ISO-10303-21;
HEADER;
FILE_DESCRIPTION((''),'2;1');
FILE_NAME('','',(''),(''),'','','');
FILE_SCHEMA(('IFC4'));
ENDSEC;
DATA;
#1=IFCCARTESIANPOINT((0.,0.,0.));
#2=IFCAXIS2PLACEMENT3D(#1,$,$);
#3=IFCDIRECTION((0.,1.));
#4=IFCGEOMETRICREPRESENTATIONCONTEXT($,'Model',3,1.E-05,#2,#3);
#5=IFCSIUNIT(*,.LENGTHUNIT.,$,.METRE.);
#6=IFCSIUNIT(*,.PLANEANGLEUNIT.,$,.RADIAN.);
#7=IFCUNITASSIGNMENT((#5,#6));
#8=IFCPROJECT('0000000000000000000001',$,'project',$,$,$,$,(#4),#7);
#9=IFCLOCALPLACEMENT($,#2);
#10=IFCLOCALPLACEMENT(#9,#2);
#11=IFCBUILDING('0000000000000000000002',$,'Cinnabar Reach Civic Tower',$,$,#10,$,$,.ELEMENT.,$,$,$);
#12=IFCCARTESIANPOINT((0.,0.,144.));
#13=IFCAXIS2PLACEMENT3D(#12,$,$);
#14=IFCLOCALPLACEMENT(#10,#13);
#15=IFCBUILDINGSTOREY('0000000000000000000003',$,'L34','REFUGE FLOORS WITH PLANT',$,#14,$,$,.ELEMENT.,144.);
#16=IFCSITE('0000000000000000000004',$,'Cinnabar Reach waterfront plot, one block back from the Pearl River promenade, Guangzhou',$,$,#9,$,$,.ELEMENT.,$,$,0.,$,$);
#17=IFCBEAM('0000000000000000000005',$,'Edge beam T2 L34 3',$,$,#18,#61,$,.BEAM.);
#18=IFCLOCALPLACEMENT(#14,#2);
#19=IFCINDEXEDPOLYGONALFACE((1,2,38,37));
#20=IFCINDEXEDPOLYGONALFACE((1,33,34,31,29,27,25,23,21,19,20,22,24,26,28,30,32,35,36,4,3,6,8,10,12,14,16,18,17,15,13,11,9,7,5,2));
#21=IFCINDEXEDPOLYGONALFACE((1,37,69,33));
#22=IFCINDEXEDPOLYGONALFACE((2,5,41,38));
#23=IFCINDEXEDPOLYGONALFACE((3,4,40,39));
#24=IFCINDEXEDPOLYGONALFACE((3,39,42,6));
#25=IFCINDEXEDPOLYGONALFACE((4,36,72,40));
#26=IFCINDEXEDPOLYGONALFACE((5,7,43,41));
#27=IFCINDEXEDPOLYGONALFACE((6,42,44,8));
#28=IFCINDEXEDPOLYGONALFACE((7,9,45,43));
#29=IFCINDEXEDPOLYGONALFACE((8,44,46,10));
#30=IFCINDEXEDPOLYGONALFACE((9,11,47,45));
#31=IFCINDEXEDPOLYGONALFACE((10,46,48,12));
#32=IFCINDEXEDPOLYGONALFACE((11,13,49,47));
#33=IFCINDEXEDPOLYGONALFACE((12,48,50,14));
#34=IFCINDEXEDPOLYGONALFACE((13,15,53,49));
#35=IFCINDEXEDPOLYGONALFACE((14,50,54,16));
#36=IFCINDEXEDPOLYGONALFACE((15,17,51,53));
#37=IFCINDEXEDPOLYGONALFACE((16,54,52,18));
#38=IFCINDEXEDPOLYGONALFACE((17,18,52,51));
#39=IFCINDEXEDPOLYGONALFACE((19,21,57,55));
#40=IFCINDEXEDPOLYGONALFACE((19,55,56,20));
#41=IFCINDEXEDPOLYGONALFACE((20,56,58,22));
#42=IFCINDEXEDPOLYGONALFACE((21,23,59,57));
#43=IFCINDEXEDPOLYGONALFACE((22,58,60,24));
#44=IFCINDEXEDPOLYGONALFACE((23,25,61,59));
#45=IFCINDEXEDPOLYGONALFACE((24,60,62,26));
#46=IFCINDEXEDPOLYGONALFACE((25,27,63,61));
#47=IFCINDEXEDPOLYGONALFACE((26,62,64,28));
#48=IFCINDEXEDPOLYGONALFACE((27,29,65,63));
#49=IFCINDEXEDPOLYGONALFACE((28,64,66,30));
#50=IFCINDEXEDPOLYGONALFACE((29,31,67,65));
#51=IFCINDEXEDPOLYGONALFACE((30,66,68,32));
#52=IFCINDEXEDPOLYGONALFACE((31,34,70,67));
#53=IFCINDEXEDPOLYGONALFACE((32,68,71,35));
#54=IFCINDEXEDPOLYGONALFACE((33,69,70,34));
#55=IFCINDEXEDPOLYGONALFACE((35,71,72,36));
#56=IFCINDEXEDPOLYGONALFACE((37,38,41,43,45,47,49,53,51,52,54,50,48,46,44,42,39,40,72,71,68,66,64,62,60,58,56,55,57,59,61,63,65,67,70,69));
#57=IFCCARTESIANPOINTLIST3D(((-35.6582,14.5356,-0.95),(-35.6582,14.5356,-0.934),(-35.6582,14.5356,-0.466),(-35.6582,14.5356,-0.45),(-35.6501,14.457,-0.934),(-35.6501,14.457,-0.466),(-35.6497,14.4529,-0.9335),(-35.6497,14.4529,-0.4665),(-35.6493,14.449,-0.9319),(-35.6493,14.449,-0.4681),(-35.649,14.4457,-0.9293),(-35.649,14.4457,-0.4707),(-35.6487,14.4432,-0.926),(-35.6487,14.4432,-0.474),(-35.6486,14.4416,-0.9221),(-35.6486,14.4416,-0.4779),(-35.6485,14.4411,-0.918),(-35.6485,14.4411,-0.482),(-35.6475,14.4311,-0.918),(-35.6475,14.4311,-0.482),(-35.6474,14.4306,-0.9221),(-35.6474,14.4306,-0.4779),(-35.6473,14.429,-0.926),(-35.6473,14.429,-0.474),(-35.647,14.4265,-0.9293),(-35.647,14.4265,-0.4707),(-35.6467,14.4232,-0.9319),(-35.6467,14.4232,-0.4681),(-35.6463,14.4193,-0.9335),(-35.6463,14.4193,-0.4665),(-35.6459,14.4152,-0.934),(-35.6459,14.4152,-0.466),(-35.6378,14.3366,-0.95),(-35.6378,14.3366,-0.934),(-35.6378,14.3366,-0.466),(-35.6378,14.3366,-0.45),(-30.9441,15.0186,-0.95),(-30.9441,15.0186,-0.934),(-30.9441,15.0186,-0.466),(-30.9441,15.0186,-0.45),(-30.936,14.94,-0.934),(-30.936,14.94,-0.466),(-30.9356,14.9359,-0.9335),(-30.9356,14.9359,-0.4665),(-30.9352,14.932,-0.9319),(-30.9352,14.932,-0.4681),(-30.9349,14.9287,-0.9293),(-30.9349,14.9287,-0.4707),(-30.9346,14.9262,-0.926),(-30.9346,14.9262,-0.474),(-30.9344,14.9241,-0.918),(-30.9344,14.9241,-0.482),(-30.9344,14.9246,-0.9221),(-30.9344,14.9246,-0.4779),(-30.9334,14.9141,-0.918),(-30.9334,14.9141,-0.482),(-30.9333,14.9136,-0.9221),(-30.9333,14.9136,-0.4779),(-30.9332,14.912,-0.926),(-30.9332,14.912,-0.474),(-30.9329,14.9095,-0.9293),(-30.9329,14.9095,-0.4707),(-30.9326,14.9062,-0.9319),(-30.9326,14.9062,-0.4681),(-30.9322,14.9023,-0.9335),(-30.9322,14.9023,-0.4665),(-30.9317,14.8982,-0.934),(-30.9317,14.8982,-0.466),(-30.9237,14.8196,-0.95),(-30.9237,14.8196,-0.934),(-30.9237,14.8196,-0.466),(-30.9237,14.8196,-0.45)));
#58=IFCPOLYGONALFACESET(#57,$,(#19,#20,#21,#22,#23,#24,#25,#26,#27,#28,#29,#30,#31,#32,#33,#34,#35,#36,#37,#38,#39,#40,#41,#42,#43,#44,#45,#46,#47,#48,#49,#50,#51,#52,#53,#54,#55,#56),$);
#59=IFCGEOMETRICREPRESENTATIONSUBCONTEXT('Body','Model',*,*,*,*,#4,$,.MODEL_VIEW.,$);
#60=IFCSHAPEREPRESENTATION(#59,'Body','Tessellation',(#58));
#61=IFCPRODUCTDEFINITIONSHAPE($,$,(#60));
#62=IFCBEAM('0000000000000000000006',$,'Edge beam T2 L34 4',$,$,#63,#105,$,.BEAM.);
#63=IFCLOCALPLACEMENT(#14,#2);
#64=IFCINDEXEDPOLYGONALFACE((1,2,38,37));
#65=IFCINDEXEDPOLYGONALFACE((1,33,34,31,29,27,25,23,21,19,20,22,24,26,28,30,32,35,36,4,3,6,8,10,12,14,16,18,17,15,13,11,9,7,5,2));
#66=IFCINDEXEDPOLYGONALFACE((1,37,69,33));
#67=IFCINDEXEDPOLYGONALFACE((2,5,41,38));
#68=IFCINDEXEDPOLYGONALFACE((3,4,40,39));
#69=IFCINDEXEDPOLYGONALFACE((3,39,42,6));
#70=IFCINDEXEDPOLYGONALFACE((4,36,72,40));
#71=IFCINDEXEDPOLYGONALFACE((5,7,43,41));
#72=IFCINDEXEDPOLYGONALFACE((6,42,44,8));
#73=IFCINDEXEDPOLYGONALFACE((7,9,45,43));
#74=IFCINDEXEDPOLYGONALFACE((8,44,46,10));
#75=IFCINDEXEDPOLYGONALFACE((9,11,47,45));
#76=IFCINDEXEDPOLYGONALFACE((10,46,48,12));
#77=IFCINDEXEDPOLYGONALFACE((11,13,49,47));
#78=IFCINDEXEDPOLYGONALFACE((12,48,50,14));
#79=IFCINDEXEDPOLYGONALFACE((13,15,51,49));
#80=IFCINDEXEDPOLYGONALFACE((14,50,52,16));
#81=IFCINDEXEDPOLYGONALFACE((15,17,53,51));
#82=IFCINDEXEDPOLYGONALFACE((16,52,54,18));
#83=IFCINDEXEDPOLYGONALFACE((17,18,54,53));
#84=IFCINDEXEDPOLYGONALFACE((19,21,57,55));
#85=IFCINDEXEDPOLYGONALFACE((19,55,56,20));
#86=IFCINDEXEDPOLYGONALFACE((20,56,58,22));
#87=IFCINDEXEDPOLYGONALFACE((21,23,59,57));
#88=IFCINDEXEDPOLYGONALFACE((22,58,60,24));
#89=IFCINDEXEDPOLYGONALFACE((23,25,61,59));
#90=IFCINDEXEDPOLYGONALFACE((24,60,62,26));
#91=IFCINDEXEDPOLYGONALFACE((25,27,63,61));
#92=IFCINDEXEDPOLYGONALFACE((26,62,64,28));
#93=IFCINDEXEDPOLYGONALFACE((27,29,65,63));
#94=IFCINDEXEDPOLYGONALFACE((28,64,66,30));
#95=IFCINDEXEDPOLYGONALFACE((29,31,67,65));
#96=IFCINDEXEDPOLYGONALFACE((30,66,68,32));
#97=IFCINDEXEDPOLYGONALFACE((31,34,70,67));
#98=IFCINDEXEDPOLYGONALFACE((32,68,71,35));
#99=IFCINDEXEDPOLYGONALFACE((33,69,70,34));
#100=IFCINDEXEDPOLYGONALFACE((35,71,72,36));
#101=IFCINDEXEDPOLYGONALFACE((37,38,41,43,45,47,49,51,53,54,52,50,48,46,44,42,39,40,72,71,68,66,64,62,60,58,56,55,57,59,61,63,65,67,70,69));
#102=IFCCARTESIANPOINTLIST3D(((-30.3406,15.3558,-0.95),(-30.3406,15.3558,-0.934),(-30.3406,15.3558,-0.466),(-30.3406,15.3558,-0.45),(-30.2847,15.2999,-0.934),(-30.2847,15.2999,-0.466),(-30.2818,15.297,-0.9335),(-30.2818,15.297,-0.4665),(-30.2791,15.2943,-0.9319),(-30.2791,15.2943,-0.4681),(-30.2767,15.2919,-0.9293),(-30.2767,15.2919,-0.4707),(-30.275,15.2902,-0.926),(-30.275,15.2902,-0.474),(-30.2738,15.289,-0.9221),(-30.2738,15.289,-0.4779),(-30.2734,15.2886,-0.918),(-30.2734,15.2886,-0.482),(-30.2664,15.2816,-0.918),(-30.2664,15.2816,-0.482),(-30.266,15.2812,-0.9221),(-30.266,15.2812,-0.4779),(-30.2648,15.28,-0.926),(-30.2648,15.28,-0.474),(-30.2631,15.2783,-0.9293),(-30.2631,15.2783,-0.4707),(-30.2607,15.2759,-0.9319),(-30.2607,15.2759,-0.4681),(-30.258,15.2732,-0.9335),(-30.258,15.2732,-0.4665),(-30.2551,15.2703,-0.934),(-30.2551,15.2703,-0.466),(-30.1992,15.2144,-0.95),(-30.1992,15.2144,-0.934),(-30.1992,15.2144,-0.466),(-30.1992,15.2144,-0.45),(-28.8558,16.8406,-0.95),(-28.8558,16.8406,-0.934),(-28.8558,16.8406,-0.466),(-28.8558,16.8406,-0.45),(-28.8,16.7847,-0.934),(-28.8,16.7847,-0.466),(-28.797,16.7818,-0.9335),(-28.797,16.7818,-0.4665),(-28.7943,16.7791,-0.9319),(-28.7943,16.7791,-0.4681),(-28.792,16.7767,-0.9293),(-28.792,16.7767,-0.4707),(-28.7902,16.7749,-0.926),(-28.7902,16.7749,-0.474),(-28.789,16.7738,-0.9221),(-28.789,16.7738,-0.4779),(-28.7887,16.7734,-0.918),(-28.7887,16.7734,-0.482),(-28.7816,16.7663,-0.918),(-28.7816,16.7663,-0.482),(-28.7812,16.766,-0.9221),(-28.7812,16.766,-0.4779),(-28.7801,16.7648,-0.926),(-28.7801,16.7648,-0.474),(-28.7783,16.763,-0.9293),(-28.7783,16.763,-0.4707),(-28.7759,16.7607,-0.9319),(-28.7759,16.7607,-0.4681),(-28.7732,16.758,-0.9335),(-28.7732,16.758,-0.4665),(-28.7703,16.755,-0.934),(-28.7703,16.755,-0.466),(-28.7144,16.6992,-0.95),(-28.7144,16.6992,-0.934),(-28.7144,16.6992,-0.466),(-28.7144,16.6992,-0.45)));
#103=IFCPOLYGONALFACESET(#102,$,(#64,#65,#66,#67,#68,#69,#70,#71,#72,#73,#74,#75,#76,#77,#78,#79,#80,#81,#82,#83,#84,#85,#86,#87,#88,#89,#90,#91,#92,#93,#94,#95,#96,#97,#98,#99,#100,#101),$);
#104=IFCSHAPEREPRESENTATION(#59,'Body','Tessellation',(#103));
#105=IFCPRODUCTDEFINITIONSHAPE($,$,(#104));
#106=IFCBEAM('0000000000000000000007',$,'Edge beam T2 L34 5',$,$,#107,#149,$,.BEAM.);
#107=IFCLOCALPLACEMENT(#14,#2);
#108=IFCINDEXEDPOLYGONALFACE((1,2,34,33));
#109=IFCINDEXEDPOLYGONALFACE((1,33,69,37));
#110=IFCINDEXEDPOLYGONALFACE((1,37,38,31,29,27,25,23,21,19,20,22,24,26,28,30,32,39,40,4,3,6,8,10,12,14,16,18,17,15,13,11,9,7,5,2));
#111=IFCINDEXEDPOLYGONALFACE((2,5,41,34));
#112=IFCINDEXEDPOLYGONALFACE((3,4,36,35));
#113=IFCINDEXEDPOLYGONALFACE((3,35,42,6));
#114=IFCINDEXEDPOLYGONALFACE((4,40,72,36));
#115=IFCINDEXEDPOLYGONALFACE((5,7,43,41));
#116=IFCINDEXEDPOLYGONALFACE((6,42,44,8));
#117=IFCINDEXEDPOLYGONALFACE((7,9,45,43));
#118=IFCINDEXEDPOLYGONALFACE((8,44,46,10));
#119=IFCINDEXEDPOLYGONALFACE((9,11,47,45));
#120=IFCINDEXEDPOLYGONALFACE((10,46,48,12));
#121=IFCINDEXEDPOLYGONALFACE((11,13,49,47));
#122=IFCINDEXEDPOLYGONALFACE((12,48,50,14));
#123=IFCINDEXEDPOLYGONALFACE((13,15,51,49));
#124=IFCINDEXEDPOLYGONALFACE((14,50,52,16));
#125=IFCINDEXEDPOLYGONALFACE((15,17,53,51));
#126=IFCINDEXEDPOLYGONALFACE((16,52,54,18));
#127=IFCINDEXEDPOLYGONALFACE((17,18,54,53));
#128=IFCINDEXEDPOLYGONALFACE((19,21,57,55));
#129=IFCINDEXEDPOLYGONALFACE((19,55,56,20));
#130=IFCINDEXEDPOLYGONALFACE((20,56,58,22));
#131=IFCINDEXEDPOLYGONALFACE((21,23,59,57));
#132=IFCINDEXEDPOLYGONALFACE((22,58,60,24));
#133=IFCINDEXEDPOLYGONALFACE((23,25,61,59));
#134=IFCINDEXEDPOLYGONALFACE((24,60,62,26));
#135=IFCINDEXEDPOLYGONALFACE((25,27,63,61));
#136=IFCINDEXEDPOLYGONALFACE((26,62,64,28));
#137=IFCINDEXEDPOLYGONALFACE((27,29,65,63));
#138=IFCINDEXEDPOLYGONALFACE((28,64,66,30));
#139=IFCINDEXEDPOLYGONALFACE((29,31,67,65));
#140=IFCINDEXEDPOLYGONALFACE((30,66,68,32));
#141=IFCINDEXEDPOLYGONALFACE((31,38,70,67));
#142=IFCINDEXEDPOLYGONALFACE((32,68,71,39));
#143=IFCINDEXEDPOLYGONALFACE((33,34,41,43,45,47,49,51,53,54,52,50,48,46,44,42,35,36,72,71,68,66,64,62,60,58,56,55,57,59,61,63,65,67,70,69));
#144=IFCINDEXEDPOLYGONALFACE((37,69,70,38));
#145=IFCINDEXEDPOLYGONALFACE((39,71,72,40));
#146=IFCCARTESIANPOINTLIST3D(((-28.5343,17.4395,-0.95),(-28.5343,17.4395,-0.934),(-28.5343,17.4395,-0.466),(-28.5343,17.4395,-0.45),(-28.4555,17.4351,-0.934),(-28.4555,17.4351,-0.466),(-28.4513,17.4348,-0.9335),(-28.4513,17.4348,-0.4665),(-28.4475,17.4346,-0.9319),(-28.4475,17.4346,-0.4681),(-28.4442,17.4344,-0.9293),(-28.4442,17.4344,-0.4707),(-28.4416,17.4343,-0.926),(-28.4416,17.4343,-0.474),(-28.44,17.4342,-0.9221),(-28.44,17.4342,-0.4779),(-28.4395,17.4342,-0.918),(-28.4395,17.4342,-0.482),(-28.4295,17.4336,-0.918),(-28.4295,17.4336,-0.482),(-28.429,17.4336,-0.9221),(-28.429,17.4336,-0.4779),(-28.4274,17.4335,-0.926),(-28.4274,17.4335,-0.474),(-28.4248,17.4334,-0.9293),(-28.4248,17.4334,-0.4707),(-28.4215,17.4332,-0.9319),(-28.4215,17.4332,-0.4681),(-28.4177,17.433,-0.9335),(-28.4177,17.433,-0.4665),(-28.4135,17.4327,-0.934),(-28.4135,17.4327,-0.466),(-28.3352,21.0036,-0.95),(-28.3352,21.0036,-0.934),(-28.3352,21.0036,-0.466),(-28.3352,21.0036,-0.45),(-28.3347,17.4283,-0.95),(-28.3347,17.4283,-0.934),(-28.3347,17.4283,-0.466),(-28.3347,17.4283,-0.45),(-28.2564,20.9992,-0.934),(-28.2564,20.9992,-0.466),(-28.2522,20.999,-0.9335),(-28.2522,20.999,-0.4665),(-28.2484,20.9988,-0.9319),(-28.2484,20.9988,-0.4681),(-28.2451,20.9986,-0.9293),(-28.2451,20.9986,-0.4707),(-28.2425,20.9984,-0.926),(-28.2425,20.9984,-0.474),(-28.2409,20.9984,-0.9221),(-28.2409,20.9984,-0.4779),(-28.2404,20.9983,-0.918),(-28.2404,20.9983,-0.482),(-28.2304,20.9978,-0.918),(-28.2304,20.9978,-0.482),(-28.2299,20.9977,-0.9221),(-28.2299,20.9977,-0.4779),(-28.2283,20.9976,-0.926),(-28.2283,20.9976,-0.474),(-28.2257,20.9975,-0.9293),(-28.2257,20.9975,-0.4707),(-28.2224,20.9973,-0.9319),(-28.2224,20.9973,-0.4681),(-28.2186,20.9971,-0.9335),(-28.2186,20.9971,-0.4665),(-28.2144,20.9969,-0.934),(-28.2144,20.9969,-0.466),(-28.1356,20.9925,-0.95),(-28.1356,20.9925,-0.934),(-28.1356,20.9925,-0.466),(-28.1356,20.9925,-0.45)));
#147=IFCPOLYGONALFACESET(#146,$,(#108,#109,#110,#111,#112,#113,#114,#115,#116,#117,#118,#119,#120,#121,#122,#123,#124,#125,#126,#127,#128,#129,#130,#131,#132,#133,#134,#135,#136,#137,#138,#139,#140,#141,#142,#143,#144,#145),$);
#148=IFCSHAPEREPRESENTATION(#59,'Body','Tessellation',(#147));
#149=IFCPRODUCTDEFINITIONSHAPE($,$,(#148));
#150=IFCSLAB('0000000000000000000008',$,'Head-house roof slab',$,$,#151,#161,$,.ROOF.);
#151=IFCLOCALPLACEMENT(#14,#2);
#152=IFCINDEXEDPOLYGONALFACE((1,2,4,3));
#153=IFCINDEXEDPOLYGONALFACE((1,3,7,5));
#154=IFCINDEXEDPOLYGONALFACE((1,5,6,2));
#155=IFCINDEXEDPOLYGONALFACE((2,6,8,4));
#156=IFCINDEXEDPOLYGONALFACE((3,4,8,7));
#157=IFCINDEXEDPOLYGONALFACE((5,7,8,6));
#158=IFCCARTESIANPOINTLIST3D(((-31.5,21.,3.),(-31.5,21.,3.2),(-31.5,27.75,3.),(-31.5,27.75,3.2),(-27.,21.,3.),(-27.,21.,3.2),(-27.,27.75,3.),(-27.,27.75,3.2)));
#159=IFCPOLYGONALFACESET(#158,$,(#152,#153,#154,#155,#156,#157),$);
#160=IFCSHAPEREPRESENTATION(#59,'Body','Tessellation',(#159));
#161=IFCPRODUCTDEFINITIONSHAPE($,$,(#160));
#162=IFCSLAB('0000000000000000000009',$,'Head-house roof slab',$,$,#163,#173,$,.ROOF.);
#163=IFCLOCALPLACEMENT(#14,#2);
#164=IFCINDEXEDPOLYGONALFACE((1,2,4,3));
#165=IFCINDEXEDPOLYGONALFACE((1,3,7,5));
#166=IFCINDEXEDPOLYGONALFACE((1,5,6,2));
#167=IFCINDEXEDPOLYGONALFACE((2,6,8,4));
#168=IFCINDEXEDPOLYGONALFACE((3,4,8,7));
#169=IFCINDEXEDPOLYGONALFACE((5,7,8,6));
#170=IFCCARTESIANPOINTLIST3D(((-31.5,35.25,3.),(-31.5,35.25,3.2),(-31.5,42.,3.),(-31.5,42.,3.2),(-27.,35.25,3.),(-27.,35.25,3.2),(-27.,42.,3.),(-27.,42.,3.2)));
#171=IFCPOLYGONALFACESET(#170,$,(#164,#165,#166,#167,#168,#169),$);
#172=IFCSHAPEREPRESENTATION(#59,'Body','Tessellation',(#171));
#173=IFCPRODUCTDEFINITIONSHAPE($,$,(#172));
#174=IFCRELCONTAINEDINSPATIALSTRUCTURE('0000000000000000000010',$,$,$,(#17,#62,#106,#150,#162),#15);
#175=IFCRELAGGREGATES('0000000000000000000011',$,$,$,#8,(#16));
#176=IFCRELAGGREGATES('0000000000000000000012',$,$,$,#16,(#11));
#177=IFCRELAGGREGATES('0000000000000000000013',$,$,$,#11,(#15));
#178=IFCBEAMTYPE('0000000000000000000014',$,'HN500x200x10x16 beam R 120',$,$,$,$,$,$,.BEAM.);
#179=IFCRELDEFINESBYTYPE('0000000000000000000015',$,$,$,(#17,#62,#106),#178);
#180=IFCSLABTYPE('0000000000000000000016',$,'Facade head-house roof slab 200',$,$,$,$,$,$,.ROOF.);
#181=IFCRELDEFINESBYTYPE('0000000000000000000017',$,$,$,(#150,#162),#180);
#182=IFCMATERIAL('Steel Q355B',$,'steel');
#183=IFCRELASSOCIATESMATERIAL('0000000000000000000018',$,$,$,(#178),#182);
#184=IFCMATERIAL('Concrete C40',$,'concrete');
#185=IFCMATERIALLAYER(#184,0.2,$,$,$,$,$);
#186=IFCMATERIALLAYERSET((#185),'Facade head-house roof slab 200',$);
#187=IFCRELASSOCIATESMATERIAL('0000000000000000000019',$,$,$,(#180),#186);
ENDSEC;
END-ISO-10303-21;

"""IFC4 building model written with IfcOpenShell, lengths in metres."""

from ifc_helpers import new_model, si_unit, direction, frame, origin, origin_2d, place, context, subcontext, project, spatial, polyline, i_section, outline, extrude, material, layer, layer_set, material_profile, profile_set, type_object, element, save


model = new_model("IFC4")

# Units and contexts
model_context = context("Model", 3, precision=1e-05, world=origin(), true_north=direction((0.0, 1.0)))
body_context = subcontext(model_context, "Body", "Model", "MODEL_VIEW")
ifc_project = project(units=[si_unit("LENGTHUNIT", "METRE"), si_unit("PLANEANGLEUNIT", "RADIAN")], contexts=[model_context])

# Site, building, storey
site_placement = place(None, origin())
site = spatial("IfcSite", under=ifc_project, at=site_placement, Name="Cinnabar Reach waterfront plot, one block back from the Pearl River promenade, Guangzhou", CompositionType="ELEMENT", RefElevation=0.0)
building_placement = place(site_placement, origin())
building = spatial("IfcBuilding", under=site, at=building_placement, Name="Cinnabar Reach Civic Tower", CompositionType="ELEMENT")
storey_placement = place(building_placement, frame((0.0, 0.0, 144.0)))
storey = spatial("IfcBuildingStorey", under=building, at=storey_placement, Name="L34", Description="REFUGE FLOORS WITH PLANT", CompositionType="ELEMENT", Elevation=144.0)

# Beams
ifc_material_1 = material(Name="Steel Q355B", Category="steel")
ifc_material_profile_1 = material_profile(ifc_material_1, i_section(OverallWidth=0.2, OverallDepth=0.5, WebThickness=0.01, FlangeThickness=0.016, FilletRadius=0.016, at=origin_2d()), Name="HN500x200x10x16")
ifc_profile_set_1 = profile_set([ifc_material_profile_1], Name="Steel Q355B")
beam_type_1 = type_object("IfcBeamType", Name="HN500x200x10x16 beam R 120", PredefinedType="BEAM", material=ifc_profile_set_1)
beam_1_placement = place(storey_placement, frame((-35.648, 14.4361, -0.7), z_axis=(0.994792, 0.101925, 0.0), x_axis=(-0.101925, 0.994792, 0.0)))
element("IfcBeam", 1, at=beam_1_placement, inside=storey, type_object=beam_type_1, Name="Edge beam T2 L34 3", PredefinedType="BEAM", context=body_context, shape_type="SweptSolid", body=[
    extrude(i_section(OverallWidth=0.2, OverallDepth=0.5, WebThickness=0.01, FlangeThickness=0.016, FilletRadius=0.016, at=origin_2d()), origin(), (0.0, 0.0, 1.0), 4.7388),
])
beam_2_placement = place(storey_placement, frame((-30.2699, 15.2851, -0.7), z_axis=(0.707107, 0.707107, 0.0), x_axis=(-0.707107, 0.707107, 0.0)))
element("IfcBeam", 2, at=beam_2_placement, inside=storey, type_object=beam_type_1, Name="Edge beam T2 L34 4", PredefinedType="BEAM", context=body_context, shape_type="SweptSolid", body=[
    extrude(i_section(OverallWidth=0.2, OverallDepth=0.5, WebThickness=0.01, FlangeThickness=0.016, FilletRadius=0.016, at=origin_2d()), origin(), (0.0, 0.0, 1.0), 2.0998),
])
beam_3_placement = place(storey_placement, frame((-28.4345, 17.4339, -0.7), z_axis=(0.055776, 0.998443, 0.0), x_axis=(-0.998443, 0.055776, 0.0)))
element("IfcBeam", 3, at=beam_3_placement, inside=storey, type_object=beam_type_1, Name="Edge beam T2 L34 5", PredefinedType="BEAM", context=body_context, shape_type="SweptSolid", body=[
    extrude(i_section(OverallWidth=0.2, OverallDepth=0.5, WebThickness=0.01, FlangeThickness=0.016, FilletRadius=0.016, at=origin_2d()), origin(), (0.0, 0.0, 1.0), 3.5697),
])

# Slabs
ifc_material_2 = material(Name="Concrete C40", Category="concrete")
ifc_layer_1 = layer(ifc_material_2, 0.2)
ifc_layer_set_1 = layer_set([ifc_layer_1], Name="Facade head-house roof slab 200")
slab_type_1 = type_object("IfcSlabType", Name="Facade head-house roof slab 200", PredefinedType="ROOF", material=ifc_layer_set_1)
slab_1_placement = place(storey_placement, frame((0.0, 0.0, 3.0)))
element("IfcSlab", 4, at=slab_1_placement, inside=storey, type_object=slab_type_1, Name="Head-house roof slab", PredefinedType="ROOF", context=body_context, shape_type="SweptSolid", body=[
    extrude(outline(polyline([(-31.5, 21.0), (-27.0, 21.0), (-27.0, 27.75), (-31.5, 27.75), (-31.5, 21.0)])), origin(), (0.0, 0.0, 1.0), 0.2),
])
slab_2_placement = place(storey_placement, frame((0.0, 0.0, 3.0)))
element("IfcSlab", 5, at=slab_2_placement, inside=storey, type_object=slab_type_1, Name="Head-house roof slab", PredefinedType="ROOF", context=body_context, shape_type="SweptSolid", body=[
    extrude(outline(polyline([(-31.5, 35.25), (-27.0, 35.25), (-27.0, 42.0), (-31.5, 42.0), (-31.5, 35.25)])), origin(), (0.0, 0.0, 1.0), 0.2),
])

save(model, "model.ifc")
